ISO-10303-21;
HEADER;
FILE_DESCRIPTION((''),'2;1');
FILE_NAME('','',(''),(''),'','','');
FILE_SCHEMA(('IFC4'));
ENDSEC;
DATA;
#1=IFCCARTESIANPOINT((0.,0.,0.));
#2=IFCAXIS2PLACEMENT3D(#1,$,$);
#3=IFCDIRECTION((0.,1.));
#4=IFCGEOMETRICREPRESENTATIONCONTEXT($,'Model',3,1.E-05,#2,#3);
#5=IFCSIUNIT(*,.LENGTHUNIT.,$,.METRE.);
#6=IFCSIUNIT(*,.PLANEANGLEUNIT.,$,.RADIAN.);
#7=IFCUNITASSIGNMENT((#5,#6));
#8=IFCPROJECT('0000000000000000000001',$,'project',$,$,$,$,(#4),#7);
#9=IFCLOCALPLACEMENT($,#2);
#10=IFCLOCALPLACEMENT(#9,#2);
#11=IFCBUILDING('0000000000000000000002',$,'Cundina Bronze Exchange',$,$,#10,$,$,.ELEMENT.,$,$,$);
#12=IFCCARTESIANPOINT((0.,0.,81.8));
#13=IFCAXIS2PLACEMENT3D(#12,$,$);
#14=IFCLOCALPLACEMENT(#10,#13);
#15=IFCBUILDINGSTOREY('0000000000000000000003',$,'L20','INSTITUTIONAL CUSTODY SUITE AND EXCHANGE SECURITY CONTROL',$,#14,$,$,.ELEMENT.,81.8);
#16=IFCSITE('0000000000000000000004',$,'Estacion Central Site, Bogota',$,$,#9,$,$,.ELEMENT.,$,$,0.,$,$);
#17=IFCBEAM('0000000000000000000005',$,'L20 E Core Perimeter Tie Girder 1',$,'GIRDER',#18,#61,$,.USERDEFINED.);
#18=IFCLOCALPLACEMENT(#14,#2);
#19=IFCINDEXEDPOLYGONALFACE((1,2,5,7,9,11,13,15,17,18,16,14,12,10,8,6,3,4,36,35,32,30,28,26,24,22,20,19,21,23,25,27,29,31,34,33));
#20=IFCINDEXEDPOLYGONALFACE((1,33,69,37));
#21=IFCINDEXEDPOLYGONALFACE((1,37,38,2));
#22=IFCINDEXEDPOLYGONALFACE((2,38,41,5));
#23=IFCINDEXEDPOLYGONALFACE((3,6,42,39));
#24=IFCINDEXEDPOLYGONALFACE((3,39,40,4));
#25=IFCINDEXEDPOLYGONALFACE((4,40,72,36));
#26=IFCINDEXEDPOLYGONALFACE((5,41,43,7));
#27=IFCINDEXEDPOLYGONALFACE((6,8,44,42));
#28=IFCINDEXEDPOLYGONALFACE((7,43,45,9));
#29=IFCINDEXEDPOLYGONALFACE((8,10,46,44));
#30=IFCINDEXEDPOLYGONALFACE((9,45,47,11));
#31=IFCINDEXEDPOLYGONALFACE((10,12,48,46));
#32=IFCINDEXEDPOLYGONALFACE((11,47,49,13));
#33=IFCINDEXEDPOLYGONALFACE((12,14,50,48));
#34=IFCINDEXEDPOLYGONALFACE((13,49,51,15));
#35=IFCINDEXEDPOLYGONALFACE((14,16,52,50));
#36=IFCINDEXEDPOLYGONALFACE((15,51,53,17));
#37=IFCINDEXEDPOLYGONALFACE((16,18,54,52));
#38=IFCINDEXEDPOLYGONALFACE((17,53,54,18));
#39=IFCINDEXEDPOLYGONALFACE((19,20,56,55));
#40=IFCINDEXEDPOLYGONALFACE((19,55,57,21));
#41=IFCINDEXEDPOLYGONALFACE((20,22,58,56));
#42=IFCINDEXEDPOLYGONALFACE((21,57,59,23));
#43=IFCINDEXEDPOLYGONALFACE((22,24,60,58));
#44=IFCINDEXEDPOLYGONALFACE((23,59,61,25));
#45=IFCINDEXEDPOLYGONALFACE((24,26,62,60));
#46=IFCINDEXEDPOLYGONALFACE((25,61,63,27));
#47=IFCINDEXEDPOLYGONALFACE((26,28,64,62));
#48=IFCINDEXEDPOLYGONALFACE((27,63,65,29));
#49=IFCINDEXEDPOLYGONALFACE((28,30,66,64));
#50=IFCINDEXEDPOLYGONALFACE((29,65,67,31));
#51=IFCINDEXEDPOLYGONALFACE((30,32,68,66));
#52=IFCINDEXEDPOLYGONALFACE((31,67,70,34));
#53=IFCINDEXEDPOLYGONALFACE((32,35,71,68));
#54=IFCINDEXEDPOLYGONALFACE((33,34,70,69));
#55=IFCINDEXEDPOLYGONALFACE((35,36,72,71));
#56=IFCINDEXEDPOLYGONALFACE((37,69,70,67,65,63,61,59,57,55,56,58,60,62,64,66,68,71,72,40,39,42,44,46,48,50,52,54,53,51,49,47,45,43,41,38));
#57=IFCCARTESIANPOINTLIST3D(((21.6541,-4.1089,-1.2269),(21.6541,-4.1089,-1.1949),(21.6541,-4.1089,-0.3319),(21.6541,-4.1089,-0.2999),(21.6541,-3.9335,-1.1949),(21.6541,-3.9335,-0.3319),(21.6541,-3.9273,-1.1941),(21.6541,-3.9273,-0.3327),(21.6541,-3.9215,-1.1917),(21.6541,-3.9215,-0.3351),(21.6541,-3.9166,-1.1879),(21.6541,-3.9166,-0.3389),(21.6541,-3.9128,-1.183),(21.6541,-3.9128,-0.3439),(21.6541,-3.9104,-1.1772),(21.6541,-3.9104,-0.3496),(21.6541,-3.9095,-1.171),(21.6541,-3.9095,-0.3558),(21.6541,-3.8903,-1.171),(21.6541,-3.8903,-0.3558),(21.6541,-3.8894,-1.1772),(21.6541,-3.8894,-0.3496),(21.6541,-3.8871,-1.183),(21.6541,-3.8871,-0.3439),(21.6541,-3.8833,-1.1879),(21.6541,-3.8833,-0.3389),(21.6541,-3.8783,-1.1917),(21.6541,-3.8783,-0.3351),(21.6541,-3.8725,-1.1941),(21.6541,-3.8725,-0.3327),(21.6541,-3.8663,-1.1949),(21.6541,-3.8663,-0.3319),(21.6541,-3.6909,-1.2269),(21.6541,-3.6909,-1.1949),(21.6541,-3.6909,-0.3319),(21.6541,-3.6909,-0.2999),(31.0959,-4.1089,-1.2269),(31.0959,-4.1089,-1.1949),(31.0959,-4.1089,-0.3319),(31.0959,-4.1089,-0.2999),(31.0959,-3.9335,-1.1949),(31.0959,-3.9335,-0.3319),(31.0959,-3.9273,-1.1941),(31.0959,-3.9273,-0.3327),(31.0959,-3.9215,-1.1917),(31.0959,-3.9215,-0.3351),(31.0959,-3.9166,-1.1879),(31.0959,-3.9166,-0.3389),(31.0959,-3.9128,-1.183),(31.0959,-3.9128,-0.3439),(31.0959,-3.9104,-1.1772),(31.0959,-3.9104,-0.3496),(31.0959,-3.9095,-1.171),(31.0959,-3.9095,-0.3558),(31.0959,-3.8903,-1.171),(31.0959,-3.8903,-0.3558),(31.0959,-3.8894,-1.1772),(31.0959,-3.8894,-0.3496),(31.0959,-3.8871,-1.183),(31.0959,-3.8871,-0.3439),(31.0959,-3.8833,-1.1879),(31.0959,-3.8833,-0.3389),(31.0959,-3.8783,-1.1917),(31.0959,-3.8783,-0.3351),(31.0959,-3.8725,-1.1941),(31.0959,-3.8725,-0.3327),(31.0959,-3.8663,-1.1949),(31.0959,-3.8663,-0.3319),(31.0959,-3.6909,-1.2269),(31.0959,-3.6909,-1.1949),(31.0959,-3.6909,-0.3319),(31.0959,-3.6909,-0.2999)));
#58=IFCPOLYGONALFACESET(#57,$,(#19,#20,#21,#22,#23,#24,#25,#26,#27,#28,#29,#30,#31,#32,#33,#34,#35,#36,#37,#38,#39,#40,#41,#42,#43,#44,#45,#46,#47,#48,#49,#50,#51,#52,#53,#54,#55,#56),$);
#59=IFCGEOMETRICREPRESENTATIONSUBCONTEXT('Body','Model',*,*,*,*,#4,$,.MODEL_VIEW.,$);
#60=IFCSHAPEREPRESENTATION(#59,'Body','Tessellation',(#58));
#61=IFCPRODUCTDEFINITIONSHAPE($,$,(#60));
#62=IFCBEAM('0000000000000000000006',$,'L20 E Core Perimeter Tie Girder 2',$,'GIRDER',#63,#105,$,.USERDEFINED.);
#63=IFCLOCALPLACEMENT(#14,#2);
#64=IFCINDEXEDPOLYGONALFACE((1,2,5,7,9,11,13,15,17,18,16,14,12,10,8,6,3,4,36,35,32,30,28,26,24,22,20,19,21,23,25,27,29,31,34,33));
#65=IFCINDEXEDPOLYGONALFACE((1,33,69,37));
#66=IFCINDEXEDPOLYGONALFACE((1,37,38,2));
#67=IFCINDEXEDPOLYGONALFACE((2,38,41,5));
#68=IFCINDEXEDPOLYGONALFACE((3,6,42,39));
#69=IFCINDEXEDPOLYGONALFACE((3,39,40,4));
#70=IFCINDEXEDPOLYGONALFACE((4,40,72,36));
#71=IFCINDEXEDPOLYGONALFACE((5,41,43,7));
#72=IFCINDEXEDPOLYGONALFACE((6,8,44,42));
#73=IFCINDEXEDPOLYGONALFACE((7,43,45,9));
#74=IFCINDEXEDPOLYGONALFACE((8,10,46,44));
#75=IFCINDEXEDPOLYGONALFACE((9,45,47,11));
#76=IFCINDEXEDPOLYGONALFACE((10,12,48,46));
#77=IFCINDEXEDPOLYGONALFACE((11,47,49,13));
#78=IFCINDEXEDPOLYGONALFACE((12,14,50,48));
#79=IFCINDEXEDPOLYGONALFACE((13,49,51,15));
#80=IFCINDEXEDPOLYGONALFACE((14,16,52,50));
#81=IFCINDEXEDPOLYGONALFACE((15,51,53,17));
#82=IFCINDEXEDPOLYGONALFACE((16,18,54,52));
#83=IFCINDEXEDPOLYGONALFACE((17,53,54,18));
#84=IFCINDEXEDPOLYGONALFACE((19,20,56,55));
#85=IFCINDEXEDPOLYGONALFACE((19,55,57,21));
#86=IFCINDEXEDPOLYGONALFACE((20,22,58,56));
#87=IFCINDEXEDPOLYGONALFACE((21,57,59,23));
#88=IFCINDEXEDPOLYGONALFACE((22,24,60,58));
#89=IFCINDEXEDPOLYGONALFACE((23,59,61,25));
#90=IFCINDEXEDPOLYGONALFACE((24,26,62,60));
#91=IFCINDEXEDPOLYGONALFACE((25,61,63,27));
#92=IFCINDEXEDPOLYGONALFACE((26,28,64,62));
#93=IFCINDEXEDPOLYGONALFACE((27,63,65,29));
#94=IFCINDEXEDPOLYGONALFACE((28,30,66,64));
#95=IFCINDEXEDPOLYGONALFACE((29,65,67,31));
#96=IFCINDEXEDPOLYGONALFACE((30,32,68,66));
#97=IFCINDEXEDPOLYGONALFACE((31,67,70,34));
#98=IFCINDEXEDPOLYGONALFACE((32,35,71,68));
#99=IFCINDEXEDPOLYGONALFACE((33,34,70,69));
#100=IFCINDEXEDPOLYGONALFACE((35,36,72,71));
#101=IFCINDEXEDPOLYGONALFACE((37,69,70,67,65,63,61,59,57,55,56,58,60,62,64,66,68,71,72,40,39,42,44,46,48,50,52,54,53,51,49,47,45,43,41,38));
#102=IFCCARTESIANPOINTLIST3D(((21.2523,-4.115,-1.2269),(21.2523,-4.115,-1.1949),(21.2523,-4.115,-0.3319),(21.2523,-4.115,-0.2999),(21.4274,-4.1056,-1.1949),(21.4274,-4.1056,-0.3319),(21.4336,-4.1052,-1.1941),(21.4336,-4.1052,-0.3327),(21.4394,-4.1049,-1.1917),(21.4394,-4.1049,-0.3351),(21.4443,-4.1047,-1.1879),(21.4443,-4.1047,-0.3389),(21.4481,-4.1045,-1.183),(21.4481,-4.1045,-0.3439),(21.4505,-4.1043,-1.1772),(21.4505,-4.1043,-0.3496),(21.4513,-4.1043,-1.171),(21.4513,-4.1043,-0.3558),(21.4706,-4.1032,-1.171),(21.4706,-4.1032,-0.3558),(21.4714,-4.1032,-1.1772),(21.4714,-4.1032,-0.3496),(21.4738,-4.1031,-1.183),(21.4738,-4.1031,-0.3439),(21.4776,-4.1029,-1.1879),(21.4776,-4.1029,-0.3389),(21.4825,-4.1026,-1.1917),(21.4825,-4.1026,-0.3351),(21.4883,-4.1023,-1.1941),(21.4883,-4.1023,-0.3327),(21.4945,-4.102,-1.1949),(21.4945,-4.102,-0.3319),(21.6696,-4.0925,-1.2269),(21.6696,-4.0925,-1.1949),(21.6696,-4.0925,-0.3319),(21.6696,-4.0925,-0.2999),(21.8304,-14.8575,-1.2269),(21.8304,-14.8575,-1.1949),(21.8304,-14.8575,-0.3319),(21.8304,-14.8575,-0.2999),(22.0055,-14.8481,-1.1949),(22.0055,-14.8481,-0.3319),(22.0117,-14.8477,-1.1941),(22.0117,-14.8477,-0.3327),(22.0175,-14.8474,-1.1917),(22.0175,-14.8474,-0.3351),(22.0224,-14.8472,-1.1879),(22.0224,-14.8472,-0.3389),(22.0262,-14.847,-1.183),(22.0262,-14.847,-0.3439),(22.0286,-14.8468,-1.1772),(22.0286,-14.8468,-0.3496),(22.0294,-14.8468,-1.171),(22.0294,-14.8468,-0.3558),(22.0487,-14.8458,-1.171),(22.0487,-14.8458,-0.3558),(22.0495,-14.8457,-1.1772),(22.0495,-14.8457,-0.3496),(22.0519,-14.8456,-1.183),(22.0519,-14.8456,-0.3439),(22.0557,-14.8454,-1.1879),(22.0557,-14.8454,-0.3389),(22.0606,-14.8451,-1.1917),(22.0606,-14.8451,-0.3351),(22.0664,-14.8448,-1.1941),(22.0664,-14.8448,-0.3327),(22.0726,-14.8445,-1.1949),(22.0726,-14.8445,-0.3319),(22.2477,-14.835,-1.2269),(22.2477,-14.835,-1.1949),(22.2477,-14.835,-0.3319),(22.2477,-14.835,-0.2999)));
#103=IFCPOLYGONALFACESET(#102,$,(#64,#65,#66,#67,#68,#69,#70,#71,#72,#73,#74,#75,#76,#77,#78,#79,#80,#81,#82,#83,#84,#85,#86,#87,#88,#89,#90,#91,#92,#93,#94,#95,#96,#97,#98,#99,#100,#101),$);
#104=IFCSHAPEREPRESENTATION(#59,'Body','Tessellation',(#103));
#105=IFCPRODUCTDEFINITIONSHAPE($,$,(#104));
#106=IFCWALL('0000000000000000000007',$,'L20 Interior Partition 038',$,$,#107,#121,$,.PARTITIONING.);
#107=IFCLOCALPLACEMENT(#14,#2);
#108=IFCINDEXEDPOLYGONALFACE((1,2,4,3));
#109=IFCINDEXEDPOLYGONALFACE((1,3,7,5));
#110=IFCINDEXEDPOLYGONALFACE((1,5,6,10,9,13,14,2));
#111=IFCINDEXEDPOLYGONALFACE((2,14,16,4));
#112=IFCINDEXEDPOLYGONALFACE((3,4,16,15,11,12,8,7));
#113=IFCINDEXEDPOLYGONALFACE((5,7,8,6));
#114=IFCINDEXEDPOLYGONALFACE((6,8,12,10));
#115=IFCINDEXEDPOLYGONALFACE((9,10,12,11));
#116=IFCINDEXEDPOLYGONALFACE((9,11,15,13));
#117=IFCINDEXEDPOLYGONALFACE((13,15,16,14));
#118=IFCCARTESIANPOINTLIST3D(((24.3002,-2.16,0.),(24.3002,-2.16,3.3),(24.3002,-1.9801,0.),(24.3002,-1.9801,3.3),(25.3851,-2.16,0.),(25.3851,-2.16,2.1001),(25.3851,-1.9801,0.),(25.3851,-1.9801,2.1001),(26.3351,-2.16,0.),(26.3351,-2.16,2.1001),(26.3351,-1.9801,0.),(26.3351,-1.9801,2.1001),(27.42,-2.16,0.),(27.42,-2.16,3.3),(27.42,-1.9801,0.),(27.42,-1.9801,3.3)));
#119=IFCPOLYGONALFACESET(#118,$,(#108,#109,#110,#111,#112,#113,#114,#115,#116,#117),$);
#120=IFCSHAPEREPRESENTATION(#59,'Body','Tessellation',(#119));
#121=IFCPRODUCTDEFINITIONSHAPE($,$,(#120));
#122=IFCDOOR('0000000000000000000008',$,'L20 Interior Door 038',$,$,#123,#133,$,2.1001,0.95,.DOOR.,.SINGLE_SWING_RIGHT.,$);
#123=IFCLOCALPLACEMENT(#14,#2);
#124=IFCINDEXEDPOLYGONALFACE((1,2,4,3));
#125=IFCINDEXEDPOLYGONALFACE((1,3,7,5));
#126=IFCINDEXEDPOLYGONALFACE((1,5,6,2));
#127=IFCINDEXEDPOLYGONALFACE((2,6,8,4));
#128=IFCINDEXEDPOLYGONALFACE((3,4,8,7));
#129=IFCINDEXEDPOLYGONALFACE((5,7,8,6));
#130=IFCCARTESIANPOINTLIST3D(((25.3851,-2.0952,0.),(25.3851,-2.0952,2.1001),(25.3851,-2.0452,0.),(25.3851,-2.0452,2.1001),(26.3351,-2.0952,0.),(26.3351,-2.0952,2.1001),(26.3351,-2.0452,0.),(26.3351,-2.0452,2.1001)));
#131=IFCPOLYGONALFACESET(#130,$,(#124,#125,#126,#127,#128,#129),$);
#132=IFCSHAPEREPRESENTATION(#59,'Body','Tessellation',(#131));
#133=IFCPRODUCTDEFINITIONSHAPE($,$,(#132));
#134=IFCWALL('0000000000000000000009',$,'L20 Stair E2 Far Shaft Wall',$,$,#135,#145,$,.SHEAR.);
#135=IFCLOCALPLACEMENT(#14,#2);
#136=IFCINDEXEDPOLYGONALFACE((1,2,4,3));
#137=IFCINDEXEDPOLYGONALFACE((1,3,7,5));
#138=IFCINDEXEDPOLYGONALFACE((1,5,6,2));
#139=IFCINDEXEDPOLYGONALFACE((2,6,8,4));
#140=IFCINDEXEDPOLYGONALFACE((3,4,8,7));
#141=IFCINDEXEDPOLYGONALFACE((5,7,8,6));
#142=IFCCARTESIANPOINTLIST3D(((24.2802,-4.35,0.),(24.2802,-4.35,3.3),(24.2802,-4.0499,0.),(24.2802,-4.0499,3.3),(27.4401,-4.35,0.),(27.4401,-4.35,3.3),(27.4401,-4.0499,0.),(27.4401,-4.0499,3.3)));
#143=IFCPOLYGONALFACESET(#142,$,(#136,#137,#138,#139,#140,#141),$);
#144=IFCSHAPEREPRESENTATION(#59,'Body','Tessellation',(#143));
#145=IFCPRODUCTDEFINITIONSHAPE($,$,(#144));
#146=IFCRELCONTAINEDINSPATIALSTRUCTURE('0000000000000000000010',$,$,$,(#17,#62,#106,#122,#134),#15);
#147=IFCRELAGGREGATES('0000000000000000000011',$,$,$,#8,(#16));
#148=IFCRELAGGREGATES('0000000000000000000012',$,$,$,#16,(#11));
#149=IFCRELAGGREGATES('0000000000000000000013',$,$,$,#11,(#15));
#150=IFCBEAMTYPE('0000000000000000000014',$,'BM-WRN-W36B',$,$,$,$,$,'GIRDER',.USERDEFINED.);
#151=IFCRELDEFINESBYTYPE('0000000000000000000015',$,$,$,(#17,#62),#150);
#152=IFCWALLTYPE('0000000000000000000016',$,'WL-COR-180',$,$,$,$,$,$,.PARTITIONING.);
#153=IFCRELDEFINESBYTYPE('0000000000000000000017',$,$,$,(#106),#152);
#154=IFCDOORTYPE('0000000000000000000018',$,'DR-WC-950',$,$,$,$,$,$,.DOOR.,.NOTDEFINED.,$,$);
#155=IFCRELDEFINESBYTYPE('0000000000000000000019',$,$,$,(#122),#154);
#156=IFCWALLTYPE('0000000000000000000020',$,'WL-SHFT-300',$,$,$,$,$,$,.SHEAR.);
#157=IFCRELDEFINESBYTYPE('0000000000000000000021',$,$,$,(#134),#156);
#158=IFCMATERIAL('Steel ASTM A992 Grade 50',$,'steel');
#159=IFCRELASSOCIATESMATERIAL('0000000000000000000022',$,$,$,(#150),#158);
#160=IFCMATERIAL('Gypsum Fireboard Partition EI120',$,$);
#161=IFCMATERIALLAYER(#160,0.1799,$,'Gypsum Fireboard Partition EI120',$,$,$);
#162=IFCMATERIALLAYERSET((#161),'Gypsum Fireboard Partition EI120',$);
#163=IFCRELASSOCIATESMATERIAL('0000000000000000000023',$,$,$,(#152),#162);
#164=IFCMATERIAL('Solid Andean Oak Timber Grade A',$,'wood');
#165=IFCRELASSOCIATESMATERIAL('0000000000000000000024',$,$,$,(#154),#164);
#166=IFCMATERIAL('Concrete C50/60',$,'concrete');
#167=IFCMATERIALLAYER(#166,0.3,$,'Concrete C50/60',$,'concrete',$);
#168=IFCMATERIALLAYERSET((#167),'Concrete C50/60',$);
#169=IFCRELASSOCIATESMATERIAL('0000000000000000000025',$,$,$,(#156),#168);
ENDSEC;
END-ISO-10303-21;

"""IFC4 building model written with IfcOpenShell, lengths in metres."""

from ifc_helpers import new_model, si_unit, direction, frame, frame_2d, origin, origin_2d, place, context, subcontext, project, spatial, rectangle, i_section, extrude, material, layer, layer_set, material_profile, profile_set, type_object, element, fill, save


model = new_model("IFC4")

# Units and contexts
model_context = context("Model", 3, precision=1e-05, world=origin(), true_north=direction((0.0, 1.0)))
body_context = subcontext(model_context, "Body", "Model", "MODEL_VIEW")
ifc_project = project(units=[si_unit("LENGTHUNIT", "METRE"), si_unit("PLANEANGLEUNIT", "RADIAN")], contexts=[model_context])

# Site, building, storey
site_placement = place(None, origin())
site = spatial("IfcSite", under=ifc_project, at=site_placement, Name="Estacion Central Site, Bogota", CompositionType="ELEMENT", RefElevation=0.0)
building_placement = place(site_placement, origin())
building = spatial("IfcBuilding", under=site, at=building_placement, Name="Cundina Bronze Exchange", CompositionType="ELEMENT")
storey_placement = place(building_placement, frame((0.0, 0.0, 81.8)))
storey = spatial("IfcBuildingStorey", under=building, at=storey_placement, Name="L20", Description="INSTITUTIONAL CUSTODY SUITE AND EXCHANGE SECURITY CONTROL", CompositionType="ELEMENT", Elevation=81.8)

# Shared definitions
ifc_material_1 = material(Name="Steel ASTM A992 Grade 50", Category="steel")

# Beams
ifc_material_profile_1 = material_profile(ifc_material_1, i_section(OverallWidth=0.418, OverallDepth=0.927, WebThickness=0.0193, FlangeThickness=0.032, FilletRadius=0.0239, at=origin_2d()), Name="W36X231", Category="steel")
ifc_profile_set_1 = profile_set([ifc_material_profile_1], Name="Steel ASTM A992 Grade 50")
beam_type_1 = type_object("IfcBeamType", Name="BM-WRN-W36B", ElementType="GIRDER", PredefinedType="USERDEFINED", material=ifc_profile_set_1)
beam_1_placement = place(storey_placement, frame((31.0959, -3.8999, -0.7634), z_axis=(-1.0, 0.0, 0.0), x_axis=(0.0, -1.0, 0.0)))
element("IfcBeam", 1, at=beam_1_placement, inside=storey, type_object=beam_type_1, Name="L20 E Core Perimeter Tie Girder 1", ObjectType="GIRDER", PredefinedType="USERDEFINED", context=body_context, shape_type="SweptSolid", body=[
    extrude(i_section(OverallWidth=0.418, OverallDepth=0.927, WebThickness=0.0193, FlangeThickness=0.032, FilletRadius=0.0239, at=origin_2d()), origin(), (0.0, 0.0, 1.0), 9.4419),
])
beam_2_placement = place(storey_placement, frame((21.4609, -4.1038, -0.7634), z_axis=(0.053739, -0.998555, 0.0), x_axis=(0.998555, 0.053739, 0.0)))
element("IfcBeam", 2, at=beam_2_placement, inside=storey, type_object=beam_type_1, Name="L20 E Core Perimeter Tie Girder 2", ObjectType="GIRDER", PredefinedType="USERDEFINED", context=body_context, shape_type="SweptSolid", body=[
    extrude(i_section(OverallWidth=0.418, OverallDepth=0.927, WebThickness=0.0193, FlangeThickness=0.032, FilletRadius=0.0239, at=origin_2d()), origin(), (0.0, 0.0, 1.0), 10.7581),
])

# Wall, opening, door
ifc_material_2 = material(Name="Gypsum Fireboard Partition EI120")
ifc_layer_1 = layer(ifc_material_2, 0.1799, Name="Gypsum Fireboard Partition EI120")
ifc_layer_set_1 = layer_set([ifc_layer_1], Name="Gypsum Fireboard Partition EI120")
wall_type_1 = type_object("IfcWallType", Name="WL-COR-180", PredefinedType="PARTITIONING", material=ifc_layer_set_1)
wall_1_placement = place(storey_placement, frame((24.3, -2.0701, 0.0), z_axis=(0.0, 0.0, 1.0), x_axis=(1.0, 0.0, 0.0)))
wall_1 = element("IfcWall", 3, at=wall_1_placement, inside=storey, type_object=wall_type_1, Name="L20 Interior Partition 038", PredefinedType="PARTITIONING", context=body_context, shape_type="SweptSolid", body=[
    extrude(rectangle(XDim=3.1199, YDim=0.1799, at=frame_2d((1.5601, 0.0))), origin(), (0.0, 0.0, 1.0), 3.3),
])
opening_1_placement = place(wall_1_placement, frame((1.085, 0.0, 0.0)))
opening_1 = element("IfcOpeningElement", 4, at=opening_1_placement, cuts=wall_1, PredefinedType="OPENING", context=body_context, shape_type="SweptSolid", body=[
    extrude(rectangle(XDim=0.95, YDim=2.1001, at=frame_2d((0.4751, 1.05))), frame((0.0, 0.0999, 0.0), z_axis=(0.0, -1.0, 0.0), x_axis=(1.0, 0.0, 0.0)), (0.0, 0.0, 1.0), 0.2),
])
ifc_material_3 = material(Name="Solid Andean Oak Timber Grade A", Category="wood")
door_type_1 = type_object("IfcDoorType", Name="DR-WC-950", OperationType="NOTDEFINED", PredefinedType="DOOR", material=ifc_material_3)
door_1_placement = place(opening_1_placement, origin())
door_1 = element("IfcDoor", 5, at=door_1_placement, inside=storey, type_object=door_type_1, Name="L20 Interior Door 038", OperationType="SINGLE_SWING_RIGHT", OverallHeight=2.1001, OverallWidth=0.95, PredefinedType="DOOR", context=body_context, shape_type="SweptSolid", body=[
    extrude(rectangle(XDim=0.95, YDim=2.1001, at=frame_2d((0.4751, 1.05))), frame((0.0, 0.0249, 0.0), z_axis=(0.0, -1.0, 0.0), x_axis=(1.0, 0.0, 0.0)), (0.0, 0.0, 1.0), 0.05),
])
fill(opening_1, door_1)
ifc_material_4 = material(Name="Concrete C50/60", Category="concrete")
ifc_layer_2 = layer(ifc_material_4, 0.3, Name="Concrete C50/60", Category="concrete")
ifc_layer_set_2 = layer_set([ifc_layer_2], Name="Concrete C50/60")
wall_type_2 = type_object("IfcWallType", Name="WL-SHFT-300", PredefinedType="SHEAR", material=ifc_layer_set_2)

# Wall
wall_2_placement = place(storey_placement, frame((24.28, -4.2, 0.0), z_axis=(0.0, 0.0, 1.0), x_axis=(1.0, 0.0, 0.0)))
element("IfcWall", 6, at=wall_2_placement, inside=storey, type_object=wall_type_2, Name="L20 Stair E2 Far Shaft Wall", PredefinedType="SHEAR", context=body_context, shape_type="SweptSolid", body=[
    extrude(rectangle(XDim=3.1599, YDim=0.3, at=frame_2d((1.5801, 0.0))), origin(), (0.0, 0.0, 1.0), 3.3),
])

save(model, "model.ifc")
